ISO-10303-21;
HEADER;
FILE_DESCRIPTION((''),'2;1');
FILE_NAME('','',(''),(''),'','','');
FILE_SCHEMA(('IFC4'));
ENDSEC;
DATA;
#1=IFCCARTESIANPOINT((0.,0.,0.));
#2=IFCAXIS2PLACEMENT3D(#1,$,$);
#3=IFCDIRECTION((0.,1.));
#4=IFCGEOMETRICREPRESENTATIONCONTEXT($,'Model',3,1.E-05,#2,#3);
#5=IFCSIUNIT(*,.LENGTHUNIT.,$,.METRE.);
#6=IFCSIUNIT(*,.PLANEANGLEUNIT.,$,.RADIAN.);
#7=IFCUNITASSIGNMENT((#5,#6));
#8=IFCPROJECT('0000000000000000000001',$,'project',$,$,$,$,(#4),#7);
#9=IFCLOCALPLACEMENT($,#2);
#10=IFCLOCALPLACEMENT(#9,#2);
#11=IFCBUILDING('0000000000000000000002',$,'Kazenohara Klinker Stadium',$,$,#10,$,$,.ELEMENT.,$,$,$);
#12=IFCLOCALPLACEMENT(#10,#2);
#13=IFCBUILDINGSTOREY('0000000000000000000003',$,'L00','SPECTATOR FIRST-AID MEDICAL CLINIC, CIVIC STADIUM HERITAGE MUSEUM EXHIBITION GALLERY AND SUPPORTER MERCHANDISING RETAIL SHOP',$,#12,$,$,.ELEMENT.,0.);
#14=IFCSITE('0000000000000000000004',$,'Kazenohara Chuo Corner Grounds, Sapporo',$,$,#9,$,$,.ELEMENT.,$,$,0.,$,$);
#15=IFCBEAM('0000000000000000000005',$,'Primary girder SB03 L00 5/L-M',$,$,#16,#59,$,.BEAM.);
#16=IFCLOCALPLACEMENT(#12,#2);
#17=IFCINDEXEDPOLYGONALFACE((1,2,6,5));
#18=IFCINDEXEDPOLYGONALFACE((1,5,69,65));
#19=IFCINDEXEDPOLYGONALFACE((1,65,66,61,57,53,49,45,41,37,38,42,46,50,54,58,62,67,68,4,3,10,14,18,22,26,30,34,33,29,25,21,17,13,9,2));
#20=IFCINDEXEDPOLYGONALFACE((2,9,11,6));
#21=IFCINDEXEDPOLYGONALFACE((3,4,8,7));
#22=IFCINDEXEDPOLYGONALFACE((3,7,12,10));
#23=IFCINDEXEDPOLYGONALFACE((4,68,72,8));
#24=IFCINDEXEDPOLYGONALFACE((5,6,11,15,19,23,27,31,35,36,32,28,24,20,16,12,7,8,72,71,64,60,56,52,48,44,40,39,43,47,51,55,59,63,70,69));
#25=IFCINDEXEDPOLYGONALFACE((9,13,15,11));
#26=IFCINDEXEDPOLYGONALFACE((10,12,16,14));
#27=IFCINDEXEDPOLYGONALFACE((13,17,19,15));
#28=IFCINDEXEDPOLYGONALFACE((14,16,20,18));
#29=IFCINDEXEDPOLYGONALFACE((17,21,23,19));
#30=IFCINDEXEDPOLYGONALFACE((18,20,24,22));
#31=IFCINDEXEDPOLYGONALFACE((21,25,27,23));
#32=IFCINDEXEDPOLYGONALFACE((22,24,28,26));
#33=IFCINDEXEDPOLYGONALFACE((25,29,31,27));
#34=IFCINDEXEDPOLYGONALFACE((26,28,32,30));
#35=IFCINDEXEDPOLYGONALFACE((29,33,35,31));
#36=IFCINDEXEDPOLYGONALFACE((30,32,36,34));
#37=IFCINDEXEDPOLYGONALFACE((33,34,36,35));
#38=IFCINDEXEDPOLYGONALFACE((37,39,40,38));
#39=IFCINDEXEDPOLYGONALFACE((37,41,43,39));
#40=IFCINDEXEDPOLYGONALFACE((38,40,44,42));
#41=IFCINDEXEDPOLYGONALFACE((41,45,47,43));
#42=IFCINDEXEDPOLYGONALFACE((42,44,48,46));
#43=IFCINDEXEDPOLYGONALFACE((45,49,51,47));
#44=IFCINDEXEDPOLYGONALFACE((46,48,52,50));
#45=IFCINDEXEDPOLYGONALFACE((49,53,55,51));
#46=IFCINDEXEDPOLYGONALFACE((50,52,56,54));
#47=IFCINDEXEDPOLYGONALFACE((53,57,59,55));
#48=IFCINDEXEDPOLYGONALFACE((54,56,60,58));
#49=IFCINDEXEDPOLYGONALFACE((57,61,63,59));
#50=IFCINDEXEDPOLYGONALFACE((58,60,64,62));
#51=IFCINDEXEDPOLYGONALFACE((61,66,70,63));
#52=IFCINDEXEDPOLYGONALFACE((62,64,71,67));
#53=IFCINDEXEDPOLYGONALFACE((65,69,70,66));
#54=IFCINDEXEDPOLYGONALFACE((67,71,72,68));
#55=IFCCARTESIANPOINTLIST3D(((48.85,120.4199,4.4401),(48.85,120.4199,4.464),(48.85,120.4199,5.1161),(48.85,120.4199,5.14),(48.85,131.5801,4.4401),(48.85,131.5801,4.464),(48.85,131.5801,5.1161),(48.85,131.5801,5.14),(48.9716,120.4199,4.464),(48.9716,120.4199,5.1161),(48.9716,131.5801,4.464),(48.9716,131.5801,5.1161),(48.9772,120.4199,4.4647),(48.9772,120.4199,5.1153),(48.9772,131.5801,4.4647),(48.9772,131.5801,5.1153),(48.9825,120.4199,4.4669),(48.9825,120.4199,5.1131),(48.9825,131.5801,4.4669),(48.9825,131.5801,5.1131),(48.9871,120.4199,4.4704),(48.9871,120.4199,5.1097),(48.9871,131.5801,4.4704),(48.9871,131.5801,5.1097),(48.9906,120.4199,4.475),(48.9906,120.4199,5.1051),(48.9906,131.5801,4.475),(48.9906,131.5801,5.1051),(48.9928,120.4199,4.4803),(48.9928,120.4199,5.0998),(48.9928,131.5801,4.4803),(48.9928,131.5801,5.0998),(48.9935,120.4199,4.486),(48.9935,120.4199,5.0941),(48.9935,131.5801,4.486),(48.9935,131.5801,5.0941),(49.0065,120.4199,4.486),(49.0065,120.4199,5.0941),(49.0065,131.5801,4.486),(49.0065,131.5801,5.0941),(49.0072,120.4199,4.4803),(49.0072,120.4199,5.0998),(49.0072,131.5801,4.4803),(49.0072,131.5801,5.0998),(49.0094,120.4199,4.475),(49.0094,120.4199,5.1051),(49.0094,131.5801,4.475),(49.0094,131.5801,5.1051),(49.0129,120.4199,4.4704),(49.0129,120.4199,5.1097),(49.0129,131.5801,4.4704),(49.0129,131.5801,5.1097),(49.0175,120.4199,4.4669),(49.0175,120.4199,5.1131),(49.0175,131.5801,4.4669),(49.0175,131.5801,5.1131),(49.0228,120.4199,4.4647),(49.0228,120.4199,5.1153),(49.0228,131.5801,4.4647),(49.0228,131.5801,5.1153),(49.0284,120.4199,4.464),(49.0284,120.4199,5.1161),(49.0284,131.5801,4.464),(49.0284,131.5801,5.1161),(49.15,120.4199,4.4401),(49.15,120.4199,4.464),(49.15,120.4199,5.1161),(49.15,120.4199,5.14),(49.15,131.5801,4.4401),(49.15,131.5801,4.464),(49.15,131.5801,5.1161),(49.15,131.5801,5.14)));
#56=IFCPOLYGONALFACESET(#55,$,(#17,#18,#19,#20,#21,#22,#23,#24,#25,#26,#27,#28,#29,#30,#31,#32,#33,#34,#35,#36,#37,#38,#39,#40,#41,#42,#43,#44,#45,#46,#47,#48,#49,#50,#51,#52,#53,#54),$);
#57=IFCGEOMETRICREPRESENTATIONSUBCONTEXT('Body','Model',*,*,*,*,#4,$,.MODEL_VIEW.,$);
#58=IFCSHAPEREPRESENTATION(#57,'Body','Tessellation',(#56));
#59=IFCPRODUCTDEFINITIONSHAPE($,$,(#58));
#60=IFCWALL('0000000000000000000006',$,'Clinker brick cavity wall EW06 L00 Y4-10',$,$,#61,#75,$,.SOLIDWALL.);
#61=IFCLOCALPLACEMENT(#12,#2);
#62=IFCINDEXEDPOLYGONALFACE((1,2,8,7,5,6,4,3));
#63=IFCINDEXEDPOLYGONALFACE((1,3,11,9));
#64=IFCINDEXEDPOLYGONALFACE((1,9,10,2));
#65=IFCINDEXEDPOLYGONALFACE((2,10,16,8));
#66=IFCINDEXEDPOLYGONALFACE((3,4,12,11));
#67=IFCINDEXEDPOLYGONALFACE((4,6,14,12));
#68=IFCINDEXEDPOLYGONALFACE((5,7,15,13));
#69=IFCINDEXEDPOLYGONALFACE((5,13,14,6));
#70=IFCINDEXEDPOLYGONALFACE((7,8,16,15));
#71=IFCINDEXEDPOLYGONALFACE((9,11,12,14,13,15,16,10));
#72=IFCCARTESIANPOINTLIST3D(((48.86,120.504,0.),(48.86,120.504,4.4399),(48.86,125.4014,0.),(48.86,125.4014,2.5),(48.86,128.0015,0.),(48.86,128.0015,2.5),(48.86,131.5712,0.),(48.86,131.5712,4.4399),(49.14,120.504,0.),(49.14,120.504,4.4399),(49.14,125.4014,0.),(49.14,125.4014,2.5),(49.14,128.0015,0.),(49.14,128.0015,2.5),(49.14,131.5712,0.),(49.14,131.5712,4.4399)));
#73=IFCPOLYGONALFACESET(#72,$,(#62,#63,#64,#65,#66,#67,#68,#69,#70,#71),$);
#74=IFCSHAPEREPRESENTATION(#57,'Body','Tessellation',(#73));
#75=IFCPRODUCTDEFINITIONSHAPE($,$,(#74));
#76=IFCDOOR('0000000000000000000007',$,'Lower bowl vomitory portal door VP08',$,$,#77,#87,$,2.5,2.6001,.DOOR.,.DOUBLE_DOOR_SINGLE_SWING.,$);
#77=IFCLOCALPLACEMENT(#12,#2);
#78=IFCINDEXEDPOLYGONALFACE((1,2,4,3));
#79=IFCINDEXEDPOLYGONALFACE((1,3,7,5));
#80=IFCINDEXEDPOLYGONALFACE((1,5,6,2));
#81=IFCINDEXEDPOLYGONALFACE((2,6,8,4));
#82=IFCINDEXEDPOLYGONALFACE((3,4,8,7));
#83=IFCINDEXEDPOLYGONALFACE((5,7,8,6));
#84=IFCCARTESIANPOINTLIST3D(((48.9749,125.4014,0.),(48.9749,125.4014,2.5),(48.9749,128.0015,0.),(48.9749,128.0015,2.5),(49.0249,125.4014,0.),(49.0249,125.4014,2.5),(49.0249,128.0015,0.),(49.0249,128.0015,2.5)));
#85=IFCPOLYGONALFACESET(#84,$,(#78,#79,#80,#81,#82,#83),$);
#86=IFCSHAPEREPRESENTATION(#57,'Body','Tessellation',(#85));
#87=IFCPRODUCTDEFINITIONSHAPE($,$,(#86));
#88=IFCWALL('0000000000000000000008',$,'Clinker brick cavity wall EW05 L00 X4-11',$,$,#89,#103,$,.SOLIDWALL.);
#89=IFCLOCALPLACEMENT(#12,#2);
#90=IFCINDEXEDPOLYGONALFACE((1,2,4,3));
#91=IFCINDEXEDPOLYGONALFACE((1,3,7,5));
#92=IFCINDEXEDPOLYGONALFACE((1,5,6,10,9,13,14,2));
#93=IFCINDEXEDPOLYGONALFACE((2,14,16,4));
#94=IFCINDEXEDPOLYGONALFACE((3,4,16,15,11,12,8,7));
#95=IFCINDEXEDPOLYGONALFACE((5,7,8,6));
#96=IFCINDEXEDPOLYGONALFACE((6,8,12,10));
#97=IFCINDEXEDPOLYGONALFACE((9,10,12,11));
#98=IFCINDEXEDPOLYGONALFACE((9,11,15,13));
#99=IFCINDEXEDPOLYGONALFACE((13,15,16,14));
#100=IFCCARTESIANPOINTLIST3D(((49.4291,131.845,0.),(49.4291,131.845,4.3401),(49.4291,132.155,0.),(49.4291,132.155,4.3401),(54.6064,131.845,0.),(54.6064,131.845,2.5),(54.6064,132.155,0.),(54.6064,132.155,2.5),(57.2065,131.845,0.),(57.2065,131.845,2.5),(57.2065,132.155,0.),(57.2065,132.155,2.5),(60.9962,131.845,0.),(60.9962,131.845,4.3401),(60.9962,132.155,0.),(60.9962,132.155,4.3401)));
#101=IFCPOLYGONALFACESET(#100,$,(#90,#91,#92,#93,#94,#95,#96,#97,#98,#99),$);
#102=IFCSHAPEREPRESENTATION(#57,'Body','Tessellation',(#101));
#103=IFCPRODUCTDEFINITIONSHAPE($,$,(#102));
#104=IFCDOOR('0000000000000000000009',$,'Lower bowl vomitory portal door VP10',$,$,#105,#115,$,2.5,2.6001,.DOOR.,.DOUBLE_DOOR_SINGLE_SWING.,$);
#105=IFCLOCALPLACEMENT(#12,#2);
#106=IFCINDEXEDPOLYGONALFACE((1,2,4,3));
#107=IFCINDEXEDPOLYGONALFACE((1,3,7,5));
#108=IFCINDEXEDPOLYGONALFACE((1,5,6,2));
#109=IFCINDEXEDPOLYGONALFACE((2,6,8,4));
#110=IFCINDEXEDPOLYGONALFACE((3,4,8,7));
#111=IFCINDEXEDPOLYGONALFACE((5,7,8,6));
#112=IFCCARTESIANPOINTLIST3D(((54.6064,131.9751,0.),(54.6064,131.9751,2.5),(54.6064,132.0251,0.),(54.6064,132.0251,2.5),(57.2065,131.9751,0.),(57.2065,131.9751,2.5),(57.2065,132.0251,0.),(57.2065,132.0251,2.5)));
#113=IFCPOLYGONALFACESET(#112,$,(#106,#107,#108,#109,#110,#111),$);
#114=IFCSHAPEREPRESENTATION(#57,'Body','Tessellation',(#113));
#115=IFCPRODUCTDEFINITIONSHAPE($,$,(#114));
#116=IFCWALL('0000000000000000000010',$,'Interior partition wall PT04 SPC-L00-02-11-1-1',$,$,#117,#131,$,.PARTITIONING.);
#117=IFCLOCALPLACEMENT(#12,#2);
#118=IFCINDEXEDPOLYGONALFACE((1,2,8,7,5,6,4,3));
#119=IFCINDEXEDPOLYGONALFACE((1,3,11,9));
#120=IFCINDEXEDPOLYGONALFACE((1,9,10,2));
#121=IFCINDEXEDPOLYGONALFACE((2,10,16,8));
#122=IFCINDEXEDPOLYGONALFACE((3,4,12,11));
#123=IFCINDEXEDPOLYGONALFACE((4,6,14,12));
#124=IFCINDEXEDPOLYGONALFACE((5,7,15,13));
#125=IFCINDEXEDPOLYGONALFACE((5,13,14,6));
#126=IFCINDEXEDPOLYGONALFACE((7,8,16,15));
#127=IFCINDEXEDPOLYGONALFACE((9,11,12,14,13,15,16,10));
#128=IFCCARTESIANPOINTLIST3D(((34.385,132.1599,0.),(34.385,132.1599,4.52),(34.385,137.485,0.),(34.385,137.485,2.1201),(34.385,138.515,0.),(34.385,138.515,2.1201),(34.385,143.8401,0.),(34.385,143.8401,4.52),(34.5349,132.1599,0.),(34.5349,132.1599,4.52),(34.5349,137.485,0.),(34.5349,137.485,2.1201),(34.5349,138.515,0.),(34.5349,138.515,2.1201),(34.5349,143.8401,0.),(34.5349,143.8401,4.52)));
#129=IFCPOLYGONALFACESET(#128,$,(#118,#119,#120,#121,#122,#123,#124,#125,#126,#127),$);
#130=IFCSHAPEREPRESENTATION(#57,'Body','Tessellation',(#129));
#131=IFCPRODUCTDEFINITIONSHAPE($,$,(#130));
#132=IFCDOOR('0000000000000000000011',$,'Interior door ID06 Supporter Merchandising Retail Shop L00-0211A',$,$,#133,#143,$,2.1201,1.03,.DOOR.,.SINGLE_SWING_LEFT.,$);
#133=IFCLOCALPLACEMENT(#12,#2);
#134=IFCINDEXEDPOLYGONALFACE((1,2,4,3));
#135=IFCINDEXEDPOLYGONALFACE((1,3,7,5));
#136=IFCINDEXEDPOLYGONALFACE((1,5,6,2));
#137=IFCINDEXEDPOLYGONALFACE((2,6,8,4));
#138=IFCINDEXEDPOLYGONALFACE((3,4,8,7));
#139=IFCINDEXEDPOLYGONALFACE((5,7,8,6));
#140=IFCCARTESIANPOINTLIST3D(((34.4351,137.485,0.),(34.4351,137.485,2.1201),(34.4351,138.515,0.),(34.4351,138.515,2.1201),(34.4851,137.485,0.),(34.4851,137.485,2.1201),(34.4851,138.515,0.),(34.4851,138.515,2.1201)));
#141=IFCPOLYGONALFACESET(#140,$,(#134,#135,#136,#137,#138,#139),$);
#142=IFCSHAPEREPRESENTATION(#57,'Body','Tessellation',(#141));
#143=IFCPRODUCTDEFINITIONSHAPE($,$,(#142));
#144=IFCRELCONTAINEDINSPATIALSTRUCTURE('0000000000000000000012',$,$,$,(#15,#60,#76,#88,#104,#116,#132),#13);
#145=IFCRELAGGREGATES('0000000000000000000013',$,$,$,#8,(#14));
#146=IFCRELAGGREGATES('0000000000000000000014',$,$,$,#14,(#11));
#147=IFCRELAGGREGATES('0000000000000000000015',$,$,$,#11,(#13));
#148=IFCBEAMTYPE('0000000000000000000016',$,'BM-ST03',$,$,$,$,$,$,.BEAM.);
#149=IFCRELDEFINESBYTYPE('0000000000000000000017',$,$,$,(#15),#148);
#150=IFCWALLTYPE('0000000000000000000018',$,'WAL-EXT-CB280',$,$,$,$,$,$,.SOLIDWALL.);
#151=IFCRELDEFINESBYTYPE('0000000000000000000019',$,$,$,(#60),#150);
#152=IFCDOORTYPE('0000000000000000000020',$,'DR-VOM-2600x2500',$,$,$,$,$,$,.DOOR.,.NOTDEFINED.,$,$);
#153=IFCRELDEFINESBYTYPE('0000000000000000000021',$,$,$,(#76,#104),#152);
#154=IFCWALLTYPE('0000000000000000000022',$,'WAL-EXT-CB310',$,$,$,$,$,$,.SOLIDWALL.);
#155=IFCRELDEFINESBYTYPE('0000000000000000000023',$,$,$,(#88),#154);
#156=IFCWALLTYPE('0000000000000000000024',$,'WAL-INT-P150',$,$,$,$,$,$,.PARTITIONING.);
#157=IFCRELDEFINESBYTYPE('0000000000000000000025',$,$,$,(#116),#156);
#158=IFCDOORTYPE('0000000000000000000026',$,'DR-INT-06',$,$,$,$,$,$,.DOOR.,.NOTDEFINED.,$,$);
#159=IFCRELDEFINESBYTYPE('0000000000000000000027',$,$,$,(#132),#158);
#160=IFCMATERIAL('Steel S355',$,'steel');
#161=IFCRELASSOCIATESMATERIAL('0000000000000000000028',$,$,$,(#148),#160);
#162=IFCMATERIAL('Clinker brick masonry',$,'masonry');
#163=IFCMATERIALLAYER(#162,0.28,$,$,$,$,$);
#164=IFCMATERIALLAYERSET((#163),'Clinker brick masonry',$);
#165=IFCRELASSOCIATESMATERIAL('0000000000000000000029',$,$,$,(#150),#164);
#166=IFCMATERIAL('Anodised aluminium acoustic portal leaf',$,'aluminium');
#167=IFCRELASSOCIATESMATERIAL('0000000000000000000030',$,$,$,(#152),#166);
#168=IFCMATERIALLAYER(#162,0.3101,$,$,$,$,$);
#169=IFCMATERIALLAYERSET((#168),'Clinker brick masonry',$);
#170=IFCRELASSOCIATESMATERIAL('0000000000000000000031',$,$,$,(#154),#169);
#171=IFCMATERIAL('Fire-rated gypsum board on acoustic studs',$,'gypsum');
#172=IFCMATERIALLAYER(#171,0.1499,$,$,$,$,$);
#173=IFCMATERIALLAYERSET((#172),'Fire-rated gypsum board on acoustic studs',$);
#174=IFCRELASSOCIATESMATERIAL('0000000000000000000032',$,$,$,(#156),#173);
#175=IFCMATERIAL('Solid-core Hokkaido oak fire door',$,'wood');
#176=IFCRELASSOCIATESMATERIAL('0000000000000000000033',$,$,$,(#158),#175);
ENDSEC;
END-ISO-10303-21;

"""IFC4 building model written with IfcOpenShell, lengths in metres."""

from ifc_helpers import new_model, si_unit, direction, frame, frame_2d, origin, origin_2d, place, context, subcontext, project, spatial, rectangle, i_section, extrude, material, layer, layer_set, material_profile, profile_set, type_object, element, fill, save


model = new_model("IFC4")

# Units and contexts
model_context = context("Model", 3, precision=1e-05, world=origin(), true_north=direction((0.0, 1.0)))
body_context = subcontext(model_context, "Body", "Model", "MODEL_VIEW")
ifc_project = project(units=[si_unit("LENGTHUNIT", "METRE"), si_unit("PLANEANGLEUNIT", "RADIAN")], contexts=[model_context])

# Site, building, storey
site_placement = place(None, origin())
site = spatial("IfcSite", under=ifc_project, at=site_placement, Name="Kazenohara Chuo Corner Grounds, Sapporo", CompositionType="ELEMENT", RefElevation=0.0)
building_placement = place(site_placement, origin())
building = spatial("IfcBuilding", under=site, at=building_placement, Name="Kazenohara Klinker Stadium", CompositionType="ELEMENT")
storey_placement = place(building_placement, origin())
storey = spatial("IfcBuildingStorey", under=building, at=storey_placement, Name="L00", Description="SPECTATOR FIRST-AID MEDICAL CLINIC, CIVIC STADIUM HERITAGE MUSEUM EXHIBITION GALLERY AND SUPPORTER MERCHANDISING RETAIL SHOP", CompositionType="ELEMENT", Elevation=0.0)

# Beam
ifc_material_1 = material(Name="Steel S355", Category="steel")
ifc_material_profile_1 = material_profile(ifc_material_1, i_section(OverallWidth=0.3, OverallDepth=0.7, WebThickness=0.0129, FlangeThickness=0.0239, FilletRadius=0.022, at=origin_2d()), Name="H-700x300x13x24")
ifc_profile_set_1 = profile_set([ifc_material_profile_1], Name="Steel S355")
beam_type_1 = type_object("IfcBeamType", Name="BM-ST03", PredefinedType="BEAM", material=ifc_profile_set_1)
beam_1_placement = place(storey_placement, frame((49.0, 120.4199, 4.79), z_axis=(0.0, 1.0, 0.0), x_axis=(-1.0, 0.0, 0.0)))
element("IfcBeam", 1, at=beam_1_placement, inside=storey, type_object=beam_type_1, Name="Primary girder SB03 L00 5/L-M", PredefinedType="BEAM", context=body_context, shape_type="SweptSolid", body=[
    extrude(i_section(OverallWidth=0.3, OverallDepth=0.7, WebThickness=0.0129, FlangeThickness=0.0239, FilletRadius=0.022, at=origin_2d()), origin(), (0.0, 0.0, 1.0), 11.1602),
])

# Walls, openings, doors
ifc_material_2 = material(Name="Clinker brick masonry", Category="masonry")
ifc_layer_1 = layer(ifc_material_2, 0.28)
ifc_layer_set_1 = layer_set([ifc_layer_1], Name="Clinker brick masonry")
wall_type_1 = type_object("IfcWallType", Name="WAL-EXT-CB280", PredefinedType="SOLIDWALL", material=ifc_layer_set_1)
wall_1_placement = place(storey_placement, frame((49.0, 120.5039, 0.0), z_axis=(0.0, 0.0, 1.0), x_axis=(0.0, 1.0, 0.0)))
wall_1 = element("IfcWall", 2, at=wall_1_placement, inside=storey, type_object=wall_type_1, Name="Clinker brick cavity wall EW06 L00 Y4-10", PredefinedType="SOLIDWALL", context=body_context, shape_type="SweptSolid", body=[
    extrude(rectangle(XDim=11.0671, YDim=0.28, at=frame_2d((5.5337, 0.0))), origin(), (0.0, 0.0, 1.0), 4.4399),
])
opening_1_placement = place(wall_1_placement, frame((7.4976, 0.0, 0.0), z_axis=(0.0, 0.0, 1.0), x_axis=(-1.0, 0.0, 0.0)))
opening_1 = element("IfcOpeningElement", 3, at=opening_1_placement, cuts=wall_1, PredefinedType="OPENING", context=body_context, shape_type="SweptSolid", body=[
    extrude(rectangle(XDim=2.6001, YDim=2.5, at=frame_2d((1.3, 1.25))), frame((0.0, 0.1499, 0.0), z_axis=(0.0, -1.0, 0.0), x_axis=(1.0, 0.0, 0.0)), (0.0, 0.0, 1.0), 0.3),
])
ifc_material_3 = material(Name="Anodised aluminium acoustic portal leaf", Category="aluminium")
door_type_1 = type_object("IfcDoorType", Name="DR-VOM-2600x2500", OperationType="NOTDEFINED", PredefinedType="DOOR", material=ifc_material_3)
door_1_placement = place(opening_1_placement, origin())
door_1 = element("IfcDoor", 4, at=door_1_placement, inside=storey, type_object=door_type_1, Name="Lower bowl vomitory portal door VP08", OperationType="DOUBLE_DOOR_SINGLE_SWING", OverallHeight=2.5, OverallWidth=2.6001, PredefinedType="DOOR", context=body_context, shape_type="SweptSolid", body=[
    extrude(rectangle(XDim=2.6001, YDim=2.5, at=frame_2d((1.3, 1.25))), frame((0.0, 0.0249, 0.0), z_axis=(0.0, -1.0, 0.0), x_axis=(1.0, 0.0, 0.0)), (0.0, 0.0, 1.0), 0.05),
])
fill(opening_1, door_1)
ifc_layer_2 = layer(ifc_material_2, 0.3101)
ifc_layer_set_2 = layer_set([ifc_layer_2], Name="Clinker brick masonry")
wall_type_2 = type_object("IfcWallType", Name="WAL-EXT-CB310", PredefinedType="SOLIDWALL", material=ifc_layer_set_2)
wall_2_placement = place(storey_placement, frame((49.429, 132.0, 0.0), z_axis=(0.0, 0.0, 1.0), x_axis=(1.0, 0.0, 0.0)))
wall_2 = element("IfcWall", 5, at=wall_2_placement, inside=storey, type_object=wall_type_2, Name="Clinker brick cavity wall EW05 L00 X4-11", PredefinedType="SOLIDWALL", context=body_context, shape_type="SweptSolid", body=[
    extrude(rectangle(XDim=11.5671, YDim=0.3101, at=frame_2d((5.7837, 0.0))), origin(), (0.0, 0.0, 1.0), 4.3401),
])
opening_2_placement = place(wall_2_placement, frame((7.7776, 0.0, 0.0), z_axis=(0.0, 0.0, 1.0), x_axis=(-1.0, 0.0, 0.0)))
opening_2 = element("IfcOpeningElement", 6, at=opening_2_placement, cuts=wall_2, PredefinedType="OPENING", context=body_context, shape_type="SweptSolid", body=[
    extrude(rectangle(XDim=2.6001, YDim=2.5, at=frame_2d((1.3, 1.25))), frame((0.0, 0.165, 0.0), z_axis=(0.0, -1.0, 0.0), x_axis=(1.0, 0.0, 0.0)), (0.0, 0.0, 1.0), 0.3301),
])
door_2_placement = place(opening_2_placement, origin())
door_2 = element("IfcDoor", 7, at=door_2_placement, inside=storey, type_object=door_type_1, Name="Lower bowl vomitory portal door VP10", OperationType="DOUBLE_DOOR_SINGLE_SWING", OverallHeight=2.5, OverallWidth=2.6001, PredefinedType="DOOR", context=body_context, shape_type="SweptSolid", body=[
    extrude(rectangle(XDim=2.6001, YDim=2.5, at=frame_2d((1.3, 1.25))), frame((0.0, 0.0249, 0.0), z_axis=(0.0, -1.0, 0.0), x_axis=(1.0, 0.0, 0.0)), (0.0, 0.0, 1.0), 0.05),
])
fill(opening_2, door_2)
ifc_material_4 = material(Name="Fire-rated gypsum board on acoustic studs", Category="gypsum")
ifc_layer_3 = layer(ifc_material_4, 0.1499)
ifc_layer_set_3 = layer_set([ifc_layer_3], Name="Fire-rated gypsum board on acoustic studs")
wall_type_3 = type_object("IfcWallType", Name="WAL-INT-P150", PredefinedType="PARTITIONING", material=ifc_layer_set_3)
wall_3_placement = place(storey_placement, frame((34.46, 132.1599, 0.0), z_axis=(0.0, 0.0, 1.0), x_axis=(0.0, 1.0, 0.0)))
wall_3 = element("IfcWall", 8, at=wall_3_placement, inside=storey, type_object=wall_type_3, Name="Interior partition wall PT04 SPC-L00-02-11-1-1", PredefinedType="PARTITIONING", context=body_context, shape_type="SweptSolid", body=[
    extrude(rectangle(XDim=11.6802, YDim=0.1499, at=frame_2d((5.8401, 0.0))), origin(), (0.0, 0.0, 1.0), 4.52),
])
opening_3_placement = place(wall_3_placement, frame((5.325, 0.0, 0.0)))
opening_3 = element("IfcOpeningElement", 9, at=opening_3_placement, cuts=wall_3, PredefinedType="OPENING", context=body_context, shape_type="SweptSolid", body=[
    extrude(rectangle(XDim=1.03, YDim=2.1201, at=frame_2d((0.5151, 1.0601))), frame((0.0, 0.085, 0.0), z_axis=(0.0, -1.0, 0.0), x_axis=(1.0, 0.0, 0.0)), (0.0, 0.0, 1.0), 0.1699),
])
ifc_material_5 = material(Name="Solid-core Hokkaido oak fire door", Category="wood")
door_type_2 = type_object("IfcDoorType", Name="DR-INT-06", OperationType="NOTDEFINED", PredefinedType="DOOR", material=ifc_material_5)
door_3_placement = place(opening_3_placement, origin())
door_3 = element("IfcDoor", 10, at=door_3_placement, inside=storey, type_object=door_type_2, Name="Interior door ID06 Supporter Merchandising Retail Shop L00-0211A", OperationType="SINGLE_SWING_LEFT", OverallHeight=2.1201, OverallWidth=1.03, PredefinedType="DOOR", context=body_context, shape_type="SweptSolid", body=[
    extrude(rectangle(XDim=1.03, YDim=2.1201, at=frame_2d((0.5151, 1.0601))), frame((0.0, 0.0249, 0.0), z_axis=(0.0, -1.0, 0.0), x_axis=(1.0, 0.0, 0.0)), (0.0, 0.0, 1.0), 0.05),
])
fill(opening_3, door_3)

save(model, "model.ifc")
